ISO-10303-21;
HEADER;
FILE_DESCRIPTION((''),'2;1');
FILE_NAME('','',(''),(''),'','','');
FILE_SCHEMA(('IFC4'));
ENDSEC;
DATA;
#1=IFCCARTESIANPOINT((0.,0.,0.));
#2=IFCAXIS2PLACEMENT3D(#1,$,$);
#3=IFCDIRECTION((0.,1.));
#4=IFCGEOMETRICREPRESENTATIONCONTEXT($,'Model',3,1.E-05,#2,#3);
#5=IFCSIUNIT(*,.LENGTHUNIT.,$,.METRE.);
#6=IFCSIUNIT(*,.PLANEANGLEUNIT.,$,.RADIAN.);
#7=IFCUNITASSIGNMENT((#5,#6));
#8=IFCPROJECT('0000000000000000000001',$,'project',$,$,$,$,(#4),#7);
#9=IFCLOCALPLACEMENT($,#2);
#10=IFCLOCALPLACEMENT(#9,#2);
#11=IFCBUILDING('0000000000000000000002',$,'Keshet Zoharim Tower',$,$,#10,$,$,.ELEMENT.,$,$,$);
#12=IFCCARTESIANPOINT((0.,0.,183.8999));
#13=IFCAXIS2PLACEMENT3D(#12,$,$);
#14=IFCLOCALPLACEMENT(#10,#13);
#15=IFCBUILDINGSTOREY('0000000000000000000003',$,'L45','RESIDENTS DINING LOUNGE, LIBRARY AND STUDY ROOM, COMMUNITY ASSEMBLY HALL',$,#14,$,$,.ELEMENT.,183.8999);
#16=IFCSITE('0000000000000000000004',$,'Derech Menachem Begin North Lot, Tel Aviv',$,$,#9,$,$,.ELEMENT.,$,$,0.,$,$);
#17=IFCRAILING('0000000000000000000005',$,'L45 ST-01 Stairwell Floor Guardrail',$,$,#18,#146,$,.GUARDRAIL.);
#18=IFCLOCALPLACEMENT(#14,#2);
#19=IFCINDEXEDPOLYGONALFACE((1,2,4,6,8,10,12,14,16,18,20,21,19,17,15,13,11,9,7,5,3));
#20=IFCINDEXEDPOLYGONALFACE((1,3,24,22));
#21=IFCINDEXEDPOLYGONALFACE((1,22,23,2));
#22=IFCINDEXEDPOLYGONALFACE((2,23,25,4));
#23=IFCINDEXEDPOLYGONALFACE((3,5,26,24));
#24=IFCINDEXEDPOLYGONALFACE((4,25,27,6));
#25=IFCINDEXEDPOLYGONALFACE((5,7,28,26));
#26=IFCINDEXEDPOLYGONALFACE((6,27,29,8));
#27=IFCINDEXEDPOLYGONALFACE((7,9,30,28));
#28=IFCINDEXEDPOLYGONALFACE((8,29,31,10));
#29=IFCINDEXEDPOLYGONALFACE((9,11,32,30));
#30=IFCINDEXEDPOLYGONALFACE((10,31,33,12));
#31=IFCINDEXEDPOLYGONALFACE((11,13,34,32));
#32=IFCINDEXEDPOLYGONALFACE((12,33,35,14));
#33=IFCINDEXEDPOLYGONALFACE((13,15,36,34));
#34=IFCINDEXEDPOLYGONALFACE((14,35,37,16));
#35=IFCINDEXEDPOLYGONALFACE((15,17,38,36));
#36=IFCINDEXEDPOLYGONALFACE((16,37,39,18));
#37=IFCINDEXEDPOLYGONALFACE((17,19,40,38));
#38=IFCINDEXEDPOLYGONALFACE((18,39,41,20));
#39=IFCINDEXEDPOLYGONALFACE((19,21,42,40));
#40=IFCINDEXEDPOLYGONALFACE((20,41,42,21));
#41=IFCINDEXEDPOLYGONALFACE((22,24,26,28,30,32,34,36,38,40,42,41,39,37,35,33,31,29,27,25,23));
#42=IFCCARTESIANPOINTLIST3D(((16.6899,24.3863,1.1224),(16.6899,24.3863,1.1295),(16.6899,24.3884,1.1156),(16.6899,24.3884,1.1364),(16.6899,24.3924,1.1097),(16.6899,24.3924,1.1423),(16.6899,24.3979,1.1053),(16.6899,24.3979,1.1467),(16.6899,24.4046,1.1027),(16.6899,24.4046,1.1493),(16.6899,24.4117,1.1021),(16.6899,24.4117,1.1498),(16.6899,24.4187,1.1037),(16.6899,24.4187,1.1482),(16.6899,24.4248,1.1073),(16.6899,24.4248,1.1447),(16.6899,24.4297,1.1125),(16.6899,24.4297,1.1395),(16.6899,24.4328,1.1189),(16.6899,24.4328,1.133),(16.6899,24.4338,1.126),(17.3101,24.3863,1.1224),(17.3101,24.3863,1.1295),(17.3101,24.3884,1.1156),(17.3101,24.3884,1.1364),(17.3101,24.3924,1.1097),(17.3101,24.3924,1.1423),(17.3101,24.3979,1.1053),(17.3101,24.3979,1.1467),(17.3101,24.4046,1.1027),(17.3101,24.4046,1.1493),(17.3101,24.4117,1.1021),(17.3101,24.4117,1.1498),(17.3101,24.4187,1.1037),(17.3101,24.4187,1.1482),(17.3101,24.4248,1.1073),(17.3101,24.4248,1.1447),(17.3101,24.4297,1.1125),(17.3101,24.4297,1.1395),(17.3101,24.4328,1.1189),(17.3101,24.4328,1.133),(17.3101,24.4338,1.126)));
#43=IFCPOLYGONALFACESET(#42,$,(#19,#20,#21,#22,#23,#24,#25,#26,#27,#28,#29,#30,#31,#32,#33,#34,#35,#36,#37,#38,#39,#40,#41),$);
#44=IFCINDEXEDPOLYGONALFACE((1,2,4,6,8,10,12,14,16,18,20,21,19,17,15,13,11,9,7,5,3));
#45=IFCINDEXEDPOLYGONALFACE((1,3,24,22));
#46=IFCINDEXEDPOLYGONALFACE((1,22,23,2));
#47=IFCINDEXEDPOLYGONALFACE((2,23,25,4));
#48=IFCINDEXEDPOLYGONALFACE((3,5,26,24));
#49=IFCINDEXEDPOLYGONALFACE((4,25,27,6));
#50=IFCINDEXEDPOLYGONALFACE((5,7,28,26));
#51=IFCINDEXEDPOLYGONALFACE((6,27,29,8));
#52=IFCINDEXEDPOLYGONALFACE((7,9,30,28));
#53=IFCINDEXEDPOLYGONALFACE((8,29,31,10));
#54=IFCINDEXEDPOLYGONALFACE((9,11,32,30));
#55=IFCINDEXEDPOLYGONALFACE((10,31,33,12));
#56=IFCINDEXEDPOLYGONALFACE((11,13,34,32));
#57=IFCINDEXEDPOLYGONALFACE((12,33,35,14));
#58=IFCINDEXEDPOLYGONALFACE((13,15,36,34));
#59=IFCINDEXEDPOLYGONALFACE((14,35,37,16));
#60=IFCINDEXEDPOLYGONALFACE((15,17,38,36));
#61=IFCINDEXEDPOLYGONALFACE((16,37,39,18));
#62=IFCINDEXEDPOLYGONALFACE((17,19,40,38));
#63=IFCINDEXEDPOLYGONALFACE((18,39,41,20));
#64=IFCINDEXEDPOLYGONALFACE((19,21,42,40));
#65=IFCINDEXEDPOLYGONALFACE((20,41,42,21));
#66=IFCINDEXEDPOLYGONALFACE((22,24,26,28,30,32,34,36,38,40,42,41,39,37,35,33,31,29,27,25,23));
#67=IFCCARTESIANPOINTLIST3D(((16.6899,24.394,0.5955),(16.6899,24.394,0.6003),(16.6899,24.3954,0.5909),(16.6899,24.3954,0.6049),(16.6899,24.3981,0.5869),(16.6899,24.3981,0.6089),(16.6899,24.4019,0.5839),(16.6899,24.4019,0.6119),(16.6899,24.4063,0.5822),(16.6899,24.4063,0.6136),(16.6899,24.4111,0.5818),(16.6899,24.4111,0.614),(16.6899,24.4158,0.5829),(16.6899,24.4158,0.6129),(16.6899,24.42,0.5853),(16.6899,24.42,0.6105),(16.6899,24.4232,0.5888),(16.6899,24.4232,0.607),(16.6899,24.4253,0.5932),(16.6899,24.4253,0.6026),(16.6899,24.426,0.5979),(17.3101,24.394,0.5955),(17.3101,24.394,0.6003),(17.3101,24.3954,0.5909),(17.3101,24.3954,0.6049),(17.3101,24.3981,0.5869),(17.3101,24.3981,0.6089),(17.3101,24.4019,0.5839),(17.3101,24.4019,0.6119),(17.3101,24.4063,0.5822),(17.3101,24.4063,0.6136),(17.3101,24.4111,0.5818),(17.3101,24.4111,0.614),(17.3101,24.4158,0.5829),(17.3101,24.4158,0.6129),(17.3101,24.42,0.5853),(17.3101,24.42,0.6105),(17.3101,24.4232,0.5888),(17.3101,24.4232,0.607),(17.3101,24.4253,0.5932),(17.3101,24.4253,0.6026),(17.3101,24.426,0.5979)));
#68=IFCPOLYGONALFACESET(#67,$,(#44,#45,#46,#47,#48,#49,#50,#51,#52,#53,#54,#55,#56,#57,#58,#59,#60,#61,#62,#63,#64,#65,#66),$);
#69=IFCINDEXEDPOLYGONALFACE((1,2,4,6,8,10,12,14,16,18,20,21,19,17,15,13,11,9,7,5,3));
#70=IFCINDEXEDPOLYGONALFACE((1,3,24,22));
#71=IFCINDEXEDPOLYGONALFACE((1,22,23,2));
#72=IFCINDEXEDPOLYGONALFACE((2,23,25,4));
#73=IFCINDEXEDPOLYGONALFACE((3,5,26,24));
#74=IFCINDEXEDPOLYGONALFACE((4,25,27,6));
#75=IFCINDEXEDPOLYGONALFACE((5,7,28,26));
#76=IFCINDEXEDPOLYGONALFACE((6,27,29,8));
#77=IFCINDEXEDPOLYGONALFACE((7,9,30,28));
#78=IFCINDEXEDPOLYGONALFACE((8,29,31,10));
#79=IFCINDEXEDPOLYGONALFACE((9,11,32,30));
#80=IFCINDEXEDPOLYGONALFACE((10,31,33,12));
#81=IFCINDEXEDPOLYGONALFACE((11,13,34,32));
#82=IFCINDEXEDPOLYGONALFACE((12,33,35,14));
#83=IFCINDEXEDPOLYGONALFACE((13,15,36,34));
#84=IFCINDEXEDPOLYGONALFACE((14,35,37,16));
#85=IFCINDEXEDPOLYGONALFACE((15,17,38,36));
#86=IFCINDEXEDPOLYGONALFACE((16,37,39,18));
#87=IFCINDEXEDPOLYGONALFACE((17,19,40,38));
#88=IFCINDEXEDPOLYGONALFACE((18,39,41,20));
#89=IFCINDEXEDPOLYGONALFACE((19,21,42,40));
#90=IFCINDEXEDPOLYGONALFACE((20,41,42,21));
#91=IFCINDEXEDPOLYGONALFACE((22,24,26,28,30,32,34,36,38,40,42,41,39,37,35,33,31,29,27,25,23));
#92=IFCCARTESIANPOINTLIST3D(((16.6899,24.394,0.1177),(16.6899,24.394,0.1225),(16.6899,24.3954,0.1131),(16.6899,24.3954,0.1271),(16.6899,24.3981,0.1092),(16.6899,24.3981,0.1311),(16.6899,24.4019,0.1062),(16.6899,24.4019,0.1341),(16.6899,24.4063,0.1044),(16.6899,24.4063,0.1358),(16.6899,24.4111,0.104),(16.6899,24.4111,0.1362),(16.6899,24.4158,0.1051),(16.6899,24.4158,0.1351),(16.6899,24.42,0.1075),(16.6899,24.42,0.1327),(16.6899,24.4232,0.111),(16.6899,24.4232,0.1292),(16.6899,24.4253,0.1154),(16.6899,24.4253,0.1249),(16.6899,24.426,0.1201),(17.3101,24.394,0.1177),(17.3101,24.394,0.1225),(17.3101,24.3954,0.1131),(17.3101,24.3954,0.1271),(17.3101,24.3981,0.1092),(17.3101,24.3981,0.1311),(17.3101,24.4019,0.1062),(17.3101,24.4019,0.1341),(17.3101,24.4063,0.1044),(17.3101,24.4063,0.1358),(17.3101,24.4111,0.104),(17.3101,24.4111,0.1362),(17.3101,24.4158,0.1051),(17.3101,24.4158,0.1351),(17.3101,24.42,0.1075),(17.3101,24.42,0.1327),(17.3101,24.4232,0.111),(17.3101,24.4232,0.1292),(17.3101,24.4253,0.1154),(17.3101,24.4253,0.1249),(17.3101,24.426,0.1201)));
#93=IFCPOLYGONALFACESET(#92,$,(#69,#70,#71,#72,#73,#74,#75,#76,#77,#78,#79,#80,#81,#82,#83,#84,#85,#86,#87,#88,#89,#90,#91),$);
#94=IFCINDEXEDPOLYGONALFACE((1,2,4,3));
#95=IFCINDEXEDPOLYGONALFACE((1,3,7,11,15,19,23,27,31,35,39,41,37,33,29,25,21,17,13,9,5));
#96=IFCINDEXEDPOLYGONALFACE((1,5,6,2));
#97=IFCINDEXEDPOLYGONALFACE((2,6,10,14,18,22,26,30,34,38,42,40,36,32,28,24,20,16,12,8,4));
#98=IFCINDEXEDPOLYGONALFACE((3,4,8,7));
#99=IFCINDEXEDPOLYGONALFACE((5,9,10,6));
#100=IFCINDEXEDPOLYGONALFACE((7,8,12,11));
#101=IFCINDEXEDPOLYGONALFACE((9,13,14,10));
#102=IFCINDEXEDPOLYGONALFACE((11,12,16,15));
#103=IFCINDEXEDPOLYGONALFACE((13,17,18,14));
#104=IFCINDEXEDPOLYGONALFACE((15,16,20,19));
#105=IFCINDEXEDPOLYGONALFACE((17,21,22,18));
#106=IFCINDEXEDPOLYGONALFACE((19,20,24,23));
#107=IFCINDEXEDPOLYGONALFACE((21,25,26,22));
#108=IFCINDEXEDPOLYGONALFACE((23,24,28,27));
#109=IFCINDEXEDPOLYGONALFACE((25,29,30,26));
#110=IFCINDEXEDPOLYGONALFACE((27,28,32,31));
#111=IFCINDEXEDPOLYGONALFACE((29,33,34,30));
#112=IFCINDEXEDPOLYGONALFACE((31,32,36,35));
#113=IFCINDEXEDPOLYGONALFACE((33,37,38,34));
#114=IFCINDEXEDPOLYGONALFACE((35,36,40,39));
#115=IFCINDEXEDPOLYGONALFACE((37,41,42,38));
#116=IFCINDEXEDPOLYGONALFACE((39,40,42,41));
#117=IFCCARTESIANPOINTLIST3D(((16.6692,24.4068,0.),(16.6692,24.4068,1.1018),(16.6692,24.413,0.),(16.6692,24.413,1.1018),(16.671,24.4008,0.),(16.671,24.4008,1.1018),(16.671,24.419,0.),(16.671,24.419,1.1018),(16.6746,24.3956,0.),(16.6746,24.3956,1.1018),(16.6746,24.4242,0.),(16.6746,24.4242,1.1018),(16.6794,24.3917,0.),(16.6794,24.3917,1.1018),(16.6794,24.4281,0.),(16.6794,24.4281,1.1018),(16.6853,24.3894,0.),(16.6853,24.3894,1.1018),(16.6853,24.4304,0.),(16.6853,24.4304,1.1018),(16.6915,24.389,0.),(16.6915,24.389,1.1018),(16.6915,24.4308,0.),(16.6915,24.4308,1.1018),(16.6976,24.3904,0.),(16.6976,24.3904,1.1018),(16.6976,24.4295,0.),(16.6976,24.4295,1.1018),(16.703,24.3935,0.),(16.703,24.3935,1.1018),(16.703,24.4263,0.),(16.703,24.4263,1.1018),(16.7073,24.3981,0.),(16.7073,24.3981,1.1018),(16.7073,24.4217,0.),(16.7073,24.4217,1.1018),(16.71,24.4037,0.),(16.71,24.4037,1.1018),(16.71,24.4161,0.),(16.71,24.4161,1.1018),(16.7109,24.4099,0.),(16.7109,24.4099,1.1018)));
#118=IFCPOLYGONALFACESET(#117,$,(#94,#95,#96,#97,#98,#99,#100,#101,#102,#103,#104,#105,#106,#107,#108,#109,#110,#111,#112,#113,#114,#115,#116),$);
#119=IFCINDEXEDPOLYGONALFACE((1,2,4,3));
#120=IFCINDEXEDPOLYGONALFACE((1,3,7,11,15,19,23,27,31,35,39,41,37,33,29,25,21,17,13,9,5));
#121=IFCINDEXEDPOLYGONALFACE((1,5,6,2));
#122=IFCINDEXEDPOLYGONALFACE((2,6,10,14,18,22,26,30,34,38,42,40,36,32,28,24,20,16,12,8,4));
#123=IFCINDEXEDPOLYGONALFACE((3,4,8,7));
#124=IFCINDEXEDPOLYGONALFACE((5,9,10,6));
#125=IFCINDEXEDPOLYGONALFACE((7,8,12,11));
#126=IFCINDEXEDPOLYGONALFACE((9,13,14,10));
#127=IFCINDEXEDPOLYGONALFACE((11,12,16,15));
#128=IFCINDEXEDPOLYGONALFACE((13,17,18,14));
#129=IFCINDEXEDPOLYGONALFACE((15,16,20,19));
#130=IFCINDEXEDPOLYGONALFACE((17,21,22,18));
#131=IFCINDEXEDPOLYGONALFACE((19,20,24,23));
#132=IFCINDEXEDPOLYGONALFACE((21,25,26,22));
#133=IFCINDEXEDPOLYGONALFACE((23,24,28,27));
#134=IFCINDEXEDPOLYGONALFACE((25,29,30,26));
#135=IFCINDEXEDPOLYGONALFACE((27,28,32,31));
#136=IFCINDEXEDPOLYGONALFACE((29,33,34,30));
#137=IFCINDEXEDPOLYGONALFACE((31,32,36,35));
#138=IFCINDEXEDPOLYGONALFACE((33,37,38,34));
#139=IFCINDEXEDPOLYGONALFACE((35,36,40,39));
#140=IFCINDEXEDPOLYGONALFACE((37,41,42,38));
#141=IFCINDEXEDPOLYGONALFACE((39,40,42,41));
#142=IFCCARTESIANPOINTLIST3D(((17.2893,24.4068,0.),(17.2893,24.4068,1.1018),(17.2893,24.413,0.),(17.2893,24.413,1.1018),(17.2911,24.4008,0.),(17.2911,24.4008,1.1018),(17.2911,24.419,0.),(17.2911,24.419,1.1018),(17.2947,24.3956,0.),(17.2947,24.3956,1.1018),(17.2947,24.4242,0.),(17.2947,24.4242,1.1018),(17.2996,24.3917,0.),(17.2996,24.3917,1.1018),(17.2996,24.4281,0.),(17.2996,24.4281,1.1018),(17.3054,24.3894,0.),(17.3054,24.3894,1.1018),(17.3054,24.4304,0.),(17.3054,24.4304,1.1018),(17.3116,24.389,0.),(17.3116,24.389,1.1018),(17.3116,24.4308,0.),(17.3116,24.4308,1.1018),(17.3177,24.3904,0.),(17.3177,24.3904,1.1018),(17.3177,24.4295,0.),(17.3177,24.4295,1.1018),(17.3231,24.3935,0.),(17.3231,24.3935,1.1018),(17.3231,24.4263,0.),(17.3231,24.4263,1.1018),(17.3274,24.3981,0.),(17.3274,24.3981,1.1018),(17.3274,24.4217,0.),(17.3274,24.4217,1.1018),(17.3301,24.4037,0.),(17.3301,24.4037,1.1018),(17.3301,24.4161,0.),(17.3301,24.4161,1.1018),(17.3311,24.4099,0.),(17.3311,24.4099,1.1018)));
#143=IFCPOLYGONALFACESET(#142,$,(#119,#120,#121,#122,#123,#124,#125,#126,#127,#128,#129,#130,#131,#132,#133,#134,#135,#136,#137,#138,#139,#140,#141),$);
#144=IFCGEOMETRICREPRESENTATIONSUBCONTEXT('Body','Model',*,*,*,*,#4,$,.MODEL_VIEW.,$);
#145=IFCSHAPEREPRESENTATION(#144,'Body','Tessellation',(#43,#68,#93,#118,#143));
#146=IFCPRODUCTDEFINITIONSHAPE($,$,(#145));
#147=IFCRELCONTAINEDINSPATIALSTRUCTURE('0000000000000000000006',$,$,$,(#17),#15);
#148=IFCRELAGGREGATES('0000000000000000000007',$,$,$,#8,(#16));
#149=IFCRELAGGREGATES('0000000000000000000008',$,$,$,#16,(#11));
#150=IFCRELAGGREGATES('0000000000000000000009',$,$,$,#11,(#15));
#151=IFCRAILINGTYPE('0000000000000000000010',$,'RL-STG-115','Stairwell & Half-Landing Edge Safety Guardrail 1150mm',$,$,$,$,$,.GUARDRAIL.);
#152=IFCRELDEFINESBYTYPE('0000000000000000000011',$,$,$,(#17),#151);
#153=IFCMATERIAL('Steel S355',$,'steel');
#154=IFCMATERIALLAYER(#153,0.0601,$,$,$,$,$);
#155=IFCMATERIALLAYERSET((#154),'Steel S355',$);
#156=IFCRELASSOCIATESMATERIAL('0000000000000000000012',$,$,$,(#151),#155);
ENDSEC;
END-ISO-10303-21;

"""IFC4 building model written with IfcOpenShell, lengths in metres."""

from ifc_helpers import new_model, si_unit, direction, frame, origin, origin_2d, place, context, subcontext, project, spatial, circle, extrude, material, layer, layer_set, type_object, element, save


model = new_model("IFC4")

# Units and contexts
model_context = context("Model", 3, precision=1e-05, world=origin(), true_north=direction((0.0, 1.0)))
body_context = subcontext(model_context, "Body", "Model", "MODEL_VIEW")
ifc_project = project(units=[si_unit("LENGTHUNIT", "METRE"), si_unit("PLANEANGLEUNIT", "RADIAN")], contexts=[model_context])

# Site, building, storey
site_placement = place(None, origin())
site = spatial("IfcSite", under=ifc_project, at=site_placement, Name="Derech Menachem Begin North Lot, Tel Aviv", CompositionType="ELEMENT", RefElevation=0.0)
building_placement = place(site_placement, origin())
building = spatial("IfcBuilding", under=site, at=building_placement, Name="Keshet Zoharim Tower", CompositionType="ELEMENT")
storey_placement = place(building_placement, frame((0.0, 0.0, 183.8999)))
storey = spatial("IfcBuildingStorey", under=building, at=storey_placement, Name="L45", Description="RESIDENTS DINING LOUNGE, LIBRARY AND STUDY ROOM, COMMUNITY ASSEMBLY HALL", CompositionType="ELEMENT", Elevation=183.8999)

# Railing
ifc_material_1 = material(Name="Steel S355", Category="steel")
ifc_layer_1 = layer(ifc_material_1, 0.0601)
ifc_layer_set_1 = layer_set([ifc_layer_1], Name="Steel S355")
railing_type_1 = type_object("IfcRailingType", Name="RL-STG-115", Description="Stairwell & Half-Landing Edge Safety Guardrail 1150mm", PredefinedType="GUARDRAIL", material=ifc_layer_set_1)
for number, where, name in (
    (1, (16.6899, 24.4099, 0.0), "L45 ST-01 Stairwell Floor Guardrail"),
):
    element("IfcRailing", number, at=place(storey_placement, frame(where)), inside=storey, type_object=railing_type_1, Name=name, PredefinedType="GUARDRAIL", context=body_context, shape_type="SweptSolid", body=[
        extrude(circle(Radius=0.0239, at=origin_2d()), frame((0.0, 0.0, 1.126), z_axis=(1.0, 0.0, 0.0), x_axis=(0.0, 1.0, 0.0)), (0.0, 0.0, 1.0), 0.6201),
        extrude(circle(Radius=0.0161, at=origin_2d()), frame((0.0, 0.0, 0.5979), z_axis=(1.0, 0.0, 0.0), x_axis=(0.0, 1.0, 0.0)), (0.0, 0.0, 1.0), 0.6201),
        extrude(circle(Radius=0.0161, at=origin_2d()), frame((0.0, 0.0, 0.1201), z_axis=(1.0, 0.0, 0.0), x_axis=(0.0, 1.0, 0.0)), (0.0, 0.0, 1.0), 0.6201),
        extrude(circle(Radius=0.021, at=origin_2d()), origin(), (0.0, 0.0, 1.0), 1.1018),
        extrude(circle(Radius=0.021, at=origin_2d()), frame((0.6201, 0.0, 0.0)), (0.0, 0.0, 1.0), 1.1018),
    ])

save(model, "model.ifc")
